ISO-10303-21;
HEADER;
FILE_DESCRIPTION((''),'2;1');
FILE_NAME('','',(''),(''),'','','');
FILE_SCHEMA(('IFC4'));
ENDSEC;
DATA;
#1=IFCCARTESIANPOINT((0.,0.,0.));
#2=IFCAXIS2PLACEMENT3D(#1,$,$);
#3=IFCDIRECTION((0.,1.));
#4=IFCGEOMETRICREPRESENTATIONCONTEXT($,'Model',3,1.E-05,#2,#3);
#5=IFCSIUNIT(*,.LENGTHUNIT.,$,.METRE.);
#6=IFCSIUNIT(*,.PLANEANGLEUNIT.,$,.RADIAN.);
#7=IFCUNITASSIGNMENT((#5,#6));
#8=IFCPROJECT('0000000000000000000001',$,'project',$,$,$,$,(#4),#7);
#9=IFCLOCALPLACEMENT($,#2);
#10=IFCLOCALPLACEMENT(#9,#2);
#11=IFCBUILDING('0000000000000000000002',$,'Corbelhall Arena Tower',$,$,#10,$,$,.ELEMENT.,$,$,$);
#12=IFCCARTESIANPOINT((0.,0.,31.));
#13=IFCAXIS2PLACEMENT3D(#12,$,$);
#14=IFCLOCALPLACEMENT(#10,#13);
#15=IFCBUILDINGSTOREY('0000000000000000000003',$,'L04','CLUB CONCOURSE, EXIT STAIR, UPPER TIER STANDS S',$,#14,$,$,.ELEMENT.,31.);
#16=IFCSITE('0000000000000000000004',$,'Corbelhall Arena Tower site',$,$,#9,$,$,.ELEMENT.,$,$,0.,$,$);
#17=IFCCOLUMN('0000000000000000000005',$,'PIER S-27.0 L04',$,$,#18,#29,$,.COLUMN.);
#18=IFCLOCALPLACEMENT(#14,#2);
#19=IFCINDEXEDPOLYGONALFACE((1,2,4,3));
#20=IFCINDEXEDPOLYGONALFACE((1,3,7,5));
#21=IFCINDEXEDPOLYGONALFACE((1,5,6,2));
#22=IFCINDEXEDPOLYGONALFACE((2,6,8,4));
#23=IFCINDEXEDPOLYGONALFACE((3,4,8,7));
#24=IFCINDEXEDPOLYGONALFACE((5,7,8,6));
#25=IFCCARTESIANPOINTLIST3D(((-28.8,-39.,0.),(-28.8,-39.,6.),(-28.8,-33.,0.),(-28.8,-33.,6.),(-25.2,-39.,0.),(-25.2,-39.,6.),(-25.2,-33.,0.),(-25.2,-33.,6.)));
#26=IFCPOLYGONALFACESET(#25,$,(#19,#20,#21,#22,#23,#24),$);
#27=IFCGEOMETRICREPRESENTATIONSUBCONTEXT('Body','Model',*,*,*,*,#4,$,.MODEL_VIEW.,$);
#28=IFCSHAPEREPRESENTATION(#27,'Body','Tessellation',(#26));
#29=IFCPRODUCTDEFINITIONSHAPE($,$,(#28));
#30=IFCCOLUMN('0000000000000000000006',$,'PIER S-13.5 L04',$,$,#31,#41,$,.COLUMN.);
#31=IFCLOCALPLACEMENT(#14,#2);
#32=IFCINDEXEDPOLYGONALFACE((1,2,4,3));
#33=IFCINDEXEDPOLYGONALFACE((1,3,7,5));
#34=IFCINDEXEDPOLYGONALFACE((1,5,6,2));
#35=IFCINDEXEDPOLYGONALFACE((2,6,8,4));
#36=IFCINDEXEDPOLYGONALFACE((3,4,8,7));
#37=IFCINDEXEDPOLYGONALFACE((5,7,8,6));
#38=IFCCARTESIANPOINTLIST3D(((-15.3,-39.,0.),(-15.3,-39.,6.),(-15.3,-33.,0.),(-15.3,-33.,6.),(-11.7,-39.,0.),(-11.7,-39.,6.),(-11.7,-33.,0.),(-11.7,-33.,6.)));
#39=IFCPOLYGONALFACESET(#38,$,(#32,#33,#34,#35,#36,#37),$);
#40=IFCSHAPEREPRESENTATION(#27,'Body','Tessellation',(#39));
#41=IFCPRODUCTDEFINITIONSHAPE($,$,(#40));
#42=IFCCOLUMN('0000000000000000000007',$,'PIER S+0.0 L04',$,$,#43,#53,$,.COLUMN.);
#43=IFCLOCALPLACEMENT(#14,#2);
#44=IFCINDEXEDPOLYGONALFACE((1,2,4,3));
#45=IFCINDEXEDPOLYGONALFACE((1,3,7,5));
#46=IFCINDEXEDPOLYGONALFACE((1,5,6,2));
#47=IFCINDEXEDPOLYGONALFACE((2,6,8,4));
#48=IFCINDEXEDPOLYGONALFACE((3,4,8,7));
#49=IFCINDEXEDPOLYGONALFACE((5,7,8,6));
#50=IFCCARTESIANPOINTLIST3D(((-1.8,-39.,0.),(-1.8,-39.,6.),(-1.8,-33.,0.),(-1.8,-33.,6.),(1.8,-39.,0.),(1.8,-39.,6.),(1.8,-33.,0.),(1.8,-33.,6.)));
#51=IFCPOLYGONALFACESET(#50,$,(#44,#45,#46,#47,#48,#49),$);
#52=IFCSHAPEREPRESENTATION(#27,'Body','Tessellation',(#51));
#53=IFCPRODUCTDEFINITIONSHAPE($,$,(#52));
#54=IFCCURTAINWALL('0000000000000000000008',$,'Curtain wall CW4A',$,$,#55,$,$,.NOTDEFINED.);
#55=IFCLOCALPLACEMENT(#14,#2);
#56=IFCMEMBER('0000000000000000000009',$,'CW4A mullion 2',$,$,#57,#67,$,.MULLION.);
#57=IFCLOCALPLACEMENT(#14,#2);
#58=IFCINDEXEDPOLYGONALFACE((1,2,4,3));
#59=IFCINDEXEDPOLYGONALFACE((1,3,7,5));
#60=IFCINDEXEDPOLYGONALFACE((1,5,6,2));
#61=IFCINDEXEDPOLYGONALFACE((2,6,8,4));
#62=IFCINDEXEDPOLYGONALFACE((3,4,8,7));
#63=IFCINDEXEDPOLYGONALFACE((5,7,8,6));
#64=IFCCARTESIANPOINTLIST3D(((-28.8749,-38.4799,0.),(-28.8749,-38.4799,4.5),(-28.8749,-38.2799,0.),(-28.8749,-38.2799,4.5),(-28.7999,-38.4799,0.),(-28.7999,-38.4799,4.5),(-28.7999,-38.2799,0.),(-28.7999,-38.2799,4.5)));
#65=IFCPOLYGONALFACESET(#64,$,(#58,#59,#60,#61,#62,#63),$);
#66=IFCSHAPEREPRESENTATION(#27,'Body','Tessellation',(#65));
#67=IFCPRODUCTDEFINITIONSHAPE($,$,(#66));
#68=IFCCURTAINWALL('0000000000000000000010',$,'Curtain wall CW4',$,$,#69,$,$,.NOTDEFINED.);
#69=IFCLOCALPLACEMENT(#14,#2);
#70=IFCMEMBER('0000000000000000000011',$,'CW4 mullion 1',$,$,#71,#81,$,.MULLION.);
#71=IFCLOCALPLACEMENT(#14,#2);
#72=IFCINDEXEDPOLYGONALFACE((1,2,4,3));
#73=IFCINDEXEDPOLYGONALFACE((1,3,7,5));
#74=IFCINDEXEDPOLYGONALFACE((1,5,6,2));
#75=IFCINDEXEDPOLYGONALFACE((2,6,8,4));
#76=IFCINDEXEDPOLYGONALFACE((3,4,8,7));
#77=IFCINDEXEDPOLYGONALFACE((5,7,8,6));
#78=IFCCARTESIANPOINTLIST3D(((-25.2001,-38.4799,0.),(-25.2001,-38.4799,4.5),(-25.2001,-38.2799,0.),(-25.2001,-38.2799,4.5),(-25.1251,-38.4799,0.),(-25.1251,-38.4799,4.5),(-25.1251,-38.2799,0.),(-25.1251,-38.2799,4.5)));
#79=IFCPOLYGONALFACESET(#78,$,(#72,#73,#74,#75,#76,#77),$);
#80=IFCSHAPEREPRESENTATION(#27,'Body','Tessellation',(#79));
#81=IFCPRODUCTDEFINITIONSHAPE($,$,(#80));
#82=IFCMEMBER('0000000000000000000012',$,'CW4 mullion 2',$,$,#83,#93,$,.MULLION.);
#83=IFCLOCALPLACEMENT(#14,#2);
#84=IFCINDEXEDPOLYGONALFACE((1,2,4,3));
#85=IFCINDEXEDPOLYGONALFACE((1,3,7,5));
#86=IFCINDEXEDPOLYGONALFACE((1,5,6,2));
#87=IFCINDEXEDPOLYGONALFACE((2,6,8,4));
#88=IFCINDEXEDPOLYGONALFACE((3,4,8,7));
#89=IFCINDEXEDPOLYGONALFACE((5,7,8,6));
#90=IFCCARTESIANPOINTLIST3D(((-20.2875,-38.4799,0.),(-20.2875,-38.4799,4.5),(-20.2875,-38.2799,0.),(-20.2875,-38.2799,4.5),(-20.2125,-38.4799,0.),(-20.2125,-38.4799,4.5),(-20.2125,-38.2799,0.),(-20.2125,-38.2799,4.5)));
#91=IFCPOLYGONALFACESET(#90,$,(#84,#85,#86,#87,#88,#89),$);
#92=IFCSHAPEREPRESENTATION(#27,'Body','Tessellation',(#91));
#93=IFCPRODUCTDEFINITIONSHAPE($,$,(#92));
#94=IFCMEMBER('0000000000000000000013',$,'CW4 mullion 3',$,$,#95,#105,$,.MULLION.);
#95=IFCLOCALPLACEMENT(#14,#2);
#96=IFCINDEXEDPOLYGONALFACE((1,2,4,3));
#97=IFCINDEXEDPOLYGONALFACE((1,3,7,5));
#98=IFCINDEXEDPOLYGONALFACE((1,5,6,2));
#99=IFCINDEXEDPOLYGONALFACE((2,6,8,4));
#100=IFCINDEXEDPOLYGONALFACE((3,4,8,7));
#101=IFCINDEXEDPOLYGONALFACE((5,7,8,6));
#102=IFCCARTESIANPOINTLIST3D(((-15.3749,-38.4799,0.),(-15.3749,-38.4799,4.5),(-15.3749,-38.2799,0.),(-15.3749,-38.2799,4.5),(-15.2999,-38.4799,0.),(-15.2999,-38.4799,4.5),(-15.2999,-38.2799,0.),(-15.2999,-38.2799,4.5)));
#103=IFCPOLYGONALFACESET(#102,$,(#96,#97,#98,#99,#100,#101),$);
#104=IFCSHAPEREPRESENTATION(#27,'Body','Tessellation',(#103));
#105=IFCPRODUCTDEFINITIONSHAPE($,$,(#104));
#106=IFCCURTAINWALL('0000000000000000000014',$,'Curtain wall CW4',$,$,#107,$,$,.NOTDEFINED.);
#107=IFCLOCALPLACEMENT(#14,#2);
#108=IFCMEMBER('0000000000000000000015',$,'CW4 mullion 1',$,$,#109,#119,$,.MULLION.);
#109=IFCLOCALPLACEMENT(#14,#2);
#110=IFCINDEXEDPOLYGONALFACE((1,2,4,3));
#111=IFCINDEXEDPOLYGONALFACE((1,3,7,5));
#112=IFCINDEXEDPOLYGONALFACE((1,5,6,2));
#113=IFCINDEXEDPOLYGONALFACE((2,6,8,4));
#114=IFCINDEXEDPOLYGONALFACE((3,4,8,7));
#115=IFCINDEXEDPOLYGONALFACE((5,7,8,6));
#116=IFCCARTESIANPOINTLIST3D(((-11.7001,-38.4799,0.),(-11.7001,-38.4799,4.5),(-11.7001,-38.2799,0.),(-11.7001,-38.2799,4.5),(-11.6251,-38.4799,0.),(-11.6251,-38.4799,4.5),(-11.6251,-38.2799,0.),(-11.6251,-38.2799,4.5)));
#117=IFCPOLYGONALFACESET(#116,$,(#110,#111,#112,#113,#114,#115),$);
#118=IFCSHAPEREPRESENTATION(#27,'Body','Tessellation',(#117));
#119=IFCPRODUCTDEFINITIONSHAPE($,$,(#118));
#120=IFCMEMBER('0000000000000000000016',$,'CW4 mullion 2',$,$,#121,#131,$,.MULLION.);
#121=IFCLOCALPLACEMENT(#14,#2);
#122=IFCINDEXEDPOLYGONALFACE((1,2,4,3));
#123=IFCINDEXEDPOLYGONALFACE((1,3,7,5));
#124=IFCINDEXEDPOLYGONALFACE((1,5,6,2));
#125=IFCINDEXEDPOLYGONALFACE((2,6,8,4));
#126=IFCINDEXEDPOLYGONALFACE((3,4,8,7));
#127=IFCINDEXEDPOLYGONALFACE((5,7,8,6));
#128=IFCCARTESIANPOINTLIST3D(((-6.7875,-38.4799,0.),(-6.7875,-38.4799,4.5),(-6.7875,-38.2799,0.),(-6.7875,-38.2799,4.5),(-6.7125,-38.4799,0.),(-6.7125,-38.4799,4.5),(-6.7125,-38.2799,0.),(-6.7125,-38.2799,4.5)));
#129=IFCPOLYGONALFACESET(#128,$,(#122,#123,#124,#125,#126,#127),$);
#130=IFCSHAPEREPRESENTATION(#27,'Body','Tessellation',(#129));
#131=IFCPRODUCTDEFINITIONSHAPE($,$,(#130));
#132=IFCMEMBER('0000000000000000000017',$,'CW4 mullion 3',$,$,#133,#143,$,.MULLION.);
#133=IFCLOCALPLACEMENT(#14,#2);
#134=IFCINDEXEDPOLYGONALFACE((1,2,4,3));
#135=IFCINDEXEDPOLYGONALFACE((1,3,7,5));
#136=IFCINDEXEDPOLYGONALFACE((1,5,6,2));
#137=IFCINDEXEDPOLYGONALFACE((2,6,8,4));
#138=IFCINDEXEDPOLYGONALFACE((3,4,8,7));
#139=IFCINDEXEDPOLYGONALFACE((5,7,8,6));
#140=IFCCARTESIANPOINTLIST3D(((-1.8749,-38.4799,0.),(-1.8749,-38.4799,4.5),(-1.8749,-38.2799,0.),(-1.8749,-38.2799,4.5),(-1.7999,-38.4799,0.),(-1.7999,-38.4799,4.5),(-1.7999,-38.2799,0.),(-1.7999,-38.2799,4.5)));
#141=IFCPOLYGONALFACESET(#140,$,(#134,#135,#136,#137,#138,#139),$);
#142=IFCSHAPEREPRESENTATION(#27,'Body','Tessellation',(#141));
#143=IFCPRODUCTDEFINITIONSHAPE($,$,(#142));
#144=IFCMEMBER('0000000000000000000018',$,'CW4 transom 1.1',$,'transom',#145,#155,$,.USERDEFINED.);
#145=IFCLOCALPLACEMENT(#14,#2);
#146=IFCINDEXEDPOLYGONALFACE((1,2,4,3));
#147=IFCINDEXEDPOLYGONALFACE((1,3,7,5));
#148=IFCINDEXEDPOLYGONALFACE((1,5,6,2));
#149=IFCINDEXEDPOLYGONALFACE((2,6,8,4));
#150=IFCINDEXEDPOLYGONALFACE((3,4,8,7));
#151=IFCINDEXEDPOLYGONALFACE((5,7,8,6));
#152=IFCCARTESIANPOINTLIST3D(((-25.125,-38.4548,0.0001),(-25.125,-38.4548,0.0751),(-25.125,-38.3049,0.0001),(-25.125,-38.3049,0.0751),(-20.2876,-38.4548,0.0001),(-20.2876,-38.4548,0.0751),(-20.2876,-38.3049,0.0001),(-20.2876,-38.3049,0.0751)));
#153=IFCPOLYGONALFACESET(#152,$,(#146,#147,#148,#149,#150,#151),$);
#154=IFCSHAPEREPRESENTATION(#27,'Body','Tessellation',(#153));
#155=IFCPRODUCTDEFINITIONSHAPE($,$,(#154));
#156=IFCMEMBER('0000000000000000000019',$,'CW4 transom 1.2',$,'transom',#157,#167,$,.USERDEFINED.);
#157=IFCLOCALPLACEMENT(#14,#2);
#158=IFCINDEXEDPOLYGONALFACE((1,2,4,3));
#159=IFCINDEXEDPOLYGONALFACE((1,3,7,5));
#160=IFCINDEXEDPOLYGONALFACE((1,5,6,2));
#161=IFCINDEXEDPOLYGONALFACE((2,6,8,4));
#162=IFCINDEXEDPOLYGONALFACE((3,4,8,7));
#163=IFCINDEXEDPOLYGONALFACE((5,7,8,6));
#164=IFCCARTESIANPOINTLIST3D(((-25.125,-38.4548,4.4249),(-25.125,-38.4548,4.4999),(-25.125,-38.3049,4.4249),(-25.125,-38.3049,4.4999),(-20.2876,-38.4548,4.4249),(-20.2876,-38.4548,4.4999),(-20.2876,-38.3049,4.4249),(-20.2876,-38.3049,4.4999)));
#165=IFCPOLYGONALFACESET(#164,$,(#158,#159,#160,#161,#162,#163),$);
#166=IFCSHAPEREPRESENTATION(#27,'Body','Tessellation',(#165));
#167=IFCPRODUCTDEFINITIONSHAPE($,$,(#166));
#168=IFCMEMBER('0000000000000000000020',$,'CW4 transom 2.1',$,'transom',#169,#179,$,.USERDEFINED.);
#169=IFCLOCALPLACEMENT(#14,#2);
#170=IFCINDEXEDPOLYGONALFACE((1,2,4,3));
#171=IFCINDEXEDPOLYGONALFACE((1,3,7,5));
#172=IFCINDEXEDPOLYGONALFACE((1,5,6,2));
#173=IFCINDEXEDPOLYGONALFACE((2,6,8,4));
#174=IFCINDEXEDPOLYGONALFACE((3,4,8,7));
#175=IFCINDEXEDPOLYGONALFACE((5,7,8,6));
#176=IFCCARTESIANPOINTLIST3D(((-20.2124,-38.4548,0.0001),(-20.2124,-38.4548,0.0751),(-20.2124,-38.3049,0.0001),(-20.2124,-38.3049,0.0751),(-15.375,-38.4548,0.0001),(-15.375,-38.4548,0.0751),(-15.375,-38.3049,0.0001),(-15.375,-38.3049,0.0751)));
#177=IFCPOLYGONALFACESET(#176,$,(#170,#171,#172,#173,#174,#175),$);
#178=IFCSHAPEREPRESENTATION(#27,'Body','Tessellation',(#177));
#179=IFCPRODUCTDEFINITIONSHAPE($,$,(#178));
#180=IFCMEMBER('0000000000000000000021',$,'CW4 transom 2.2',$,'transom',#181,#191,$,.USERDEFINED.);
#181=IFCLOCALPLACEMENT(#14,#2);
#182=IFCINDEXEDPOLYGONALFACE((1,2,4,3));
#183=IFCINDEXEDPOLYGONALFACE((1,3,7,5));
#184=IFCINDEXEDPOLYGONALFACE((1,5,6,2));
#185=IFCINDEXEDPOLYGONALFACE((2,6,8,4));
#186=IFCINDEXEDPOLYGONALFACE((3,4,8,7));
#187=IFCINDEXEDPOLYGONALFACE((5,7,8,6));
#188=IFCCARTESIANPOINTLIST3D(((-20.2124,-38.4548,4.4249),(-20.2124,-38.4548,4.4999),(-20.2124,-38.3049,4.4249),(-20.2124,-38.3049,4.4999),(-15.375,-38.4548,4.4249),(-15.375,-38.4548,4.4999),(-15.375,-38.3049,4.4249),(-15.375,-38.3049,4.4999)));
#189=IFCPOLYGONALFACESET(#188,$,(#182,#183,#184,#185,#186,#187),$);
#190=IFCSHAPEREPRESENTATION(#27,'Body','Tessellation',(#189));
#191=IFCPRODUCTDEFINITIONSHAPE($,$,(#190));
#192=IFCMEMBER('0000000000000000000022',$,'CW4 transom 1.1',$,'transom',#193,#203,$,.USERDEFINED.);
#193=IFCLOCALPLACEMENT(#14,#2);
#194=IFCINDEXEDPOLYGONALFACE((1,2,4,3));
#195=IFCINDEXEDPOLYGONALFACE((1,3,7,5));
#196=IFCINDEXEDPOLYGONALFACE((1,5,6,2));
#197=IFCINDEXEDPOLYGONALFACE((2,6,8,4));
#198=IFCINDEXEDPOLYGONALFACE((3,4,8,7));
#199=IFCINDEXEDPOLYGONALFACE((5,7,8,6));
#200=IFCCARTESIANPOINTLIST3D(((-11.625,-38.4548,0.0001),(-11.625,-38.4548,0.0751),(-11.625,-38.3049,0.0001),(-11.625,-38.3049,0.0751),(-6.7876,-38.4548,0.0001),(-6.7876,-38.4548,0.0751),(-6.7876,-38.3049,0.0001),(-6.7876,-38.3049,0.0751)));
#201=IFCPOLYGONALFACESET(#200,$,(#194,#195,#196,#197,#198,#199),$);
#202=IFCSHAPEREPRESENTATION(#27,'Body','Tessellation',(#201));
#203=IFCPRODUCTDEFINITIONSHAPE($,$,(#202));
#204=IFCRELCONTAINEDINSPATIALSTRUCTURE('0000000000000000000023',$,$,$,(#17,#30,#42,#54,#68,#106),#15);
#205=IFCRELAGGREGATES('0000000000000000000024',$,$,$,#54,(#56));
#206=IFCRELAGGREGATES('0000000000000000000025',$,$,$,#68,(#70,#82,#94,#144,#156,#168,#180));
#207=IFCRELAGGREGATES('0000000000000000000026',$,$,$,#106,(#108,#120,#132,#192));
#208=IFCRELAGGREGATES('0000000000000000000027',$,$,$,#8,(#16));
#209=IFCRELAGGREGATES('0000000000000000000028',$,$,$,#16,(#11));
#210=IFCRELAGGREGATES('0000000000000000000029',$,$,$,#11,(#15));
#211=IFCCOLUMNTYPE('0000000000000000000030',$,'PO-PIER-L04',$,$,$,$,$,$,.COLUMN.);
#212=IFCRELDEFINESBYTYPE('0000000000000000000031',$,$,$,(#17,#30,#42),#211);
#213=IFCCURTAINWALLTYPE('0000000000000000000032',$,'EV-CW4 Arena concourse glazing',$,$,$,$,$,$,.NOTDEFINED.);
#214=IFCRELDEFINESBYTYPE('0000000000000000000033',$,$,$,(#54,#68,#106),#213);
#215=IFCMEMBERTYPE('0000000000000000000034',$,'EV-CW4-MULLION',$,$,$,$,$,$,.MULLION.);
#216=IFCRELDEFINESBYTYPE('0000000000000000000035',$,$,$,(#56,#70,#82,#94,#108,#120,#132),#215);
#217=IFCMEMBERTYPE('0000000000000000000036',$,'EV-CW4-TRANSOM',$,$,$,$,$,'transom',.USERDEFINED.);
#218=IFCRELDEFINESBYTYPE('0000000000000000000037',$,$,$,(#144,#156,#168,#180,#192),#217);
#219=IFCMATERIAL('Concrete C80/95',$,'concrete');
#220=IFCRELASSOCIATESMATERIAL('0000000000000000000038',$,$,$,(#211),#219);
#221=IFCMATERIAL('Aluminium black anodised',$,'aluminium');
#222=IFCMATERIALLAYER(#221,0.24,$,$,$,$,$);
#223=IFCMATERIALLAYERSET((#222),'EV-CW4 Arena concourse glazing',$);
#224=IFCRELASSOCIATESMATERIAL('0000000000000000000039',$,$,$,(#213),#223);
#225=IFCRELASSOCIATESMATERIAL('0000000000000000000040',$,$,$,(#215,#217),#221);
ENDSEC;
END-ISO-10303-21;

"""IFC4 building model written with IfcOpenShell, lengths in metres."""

from ifc_helpers import new_model, si_unit, direction, frame, origin, origin_2d, place, context, subcontext, project, spatial, rectangle, extrude, material, layer, layer_set, material_profile, profile_set, type_object, element, aggregate, save


model = new_model("IFC4")

# Units and contexts
model_context = context("Model", 3, precision=1e-05, world=origin(), true_north=direction((0.0, 1.0)))
body_context = subcontext(model_context, "Body", "Model", "MODEL_VIEW")
ifc_project = project(units=[si_unit("LENGTHUNIT", "METRE"), si_unit("PLANEANGLEUNIT", "RADIAN")], contexts=[model_context])

# Site, building, storey
site_placement = place(None, origin())
site = spatial("IfcSite", under=ifc_project, at=site_placement, Name="Corbelhall Arena Tower site", CompositionType="ELEMENT", RefElevation=0.0)
building_placement = place(site_placement, origin())
building = spatial("IfcBuilding", under=site, at=building_placement, Name="Corbelhall Arena Tower", CompositionType="ELEMENT")
storey_placement = place(building_placement, frame((0.0, 0.0, 31.0)))
storey = spatial("IfcBuildingStorey", under=building, at=storey_placement, Name="L04", Description="CLUB CONCOURSE, EXIT STAIR, UPPER TIER STANDS S", CompositionType="ELEMENT", Elevation=31.0)

# Columns
ifc_material_1 = material(Name="Concrete C80/95", Category="concrete")
ifc_material_profile_1 = material_profile(ifc_material_1, rectangle(XDim=3.6001, YDim=6.0, at=origin_2d()))
ifc_profile_set_1 = profile_set([ifc_material_profile_1], Name="Concrete C80/95")
column_type = type_object("IfcColumnType", Name="PO-PIER-L04", PredefinedType="COLUMN", material=ifc_profile_set_1)
for number, where, z_axis, x_axis, name in (
    (1, (-27.0, -36.0, 0.0), (0.0, 0.0, 1.0), (1.0, 0.0, 0.0), "PIER S-27.0 L04"),
    (2, (-13.5, -36.0, 0.0), (0.0, 0.0, 1.0), (1.0, 0.0, 0.0), "PIER S-13.5 L04"),
    (3, (0.0, -36.0, 0.0), (0.0, 0.0, 1.0), (1.0, 0.0, 0.0), "PIER S+0.0 L04"),
):
    element("IfcColumn", number, at=place(storey_placement, frame(where, z_axis=z_axis, x_axis=x_axis)), inside=storey, type_object=column_type, Name=name, PredefinedType="COLUMN", context=body_context, shape_type="SweptSolid", body=[
        extrude(rectangle(XDim=3.6001, YDim=6.0, at=origin_2d()), origin(), (0.0, 0.0, 1.0), 6.0),
    ])

# Curtain wall, member
ifc_material_2 = material(Name="Aluminium black anodised", Category="aluminium")
ifc_layer_1 = layer(ifc_material_2, 0.24)
ifc_layer_set_1 = layer_set([ifc_layer_1], Name="EV-CW4 Arena concourse glazing")
curtain_wall_type = type_object("IfcCurtainWallType", Name="EV-CW4 Arena concourse glazing", PredefinedType="NOTDEFINED", material=ifc_layer_set_1)
curtain_wall_1_placement = place(storey_placement, origin())
curtain_wall_1 = element("IfcCurtainWall", 4, at=curtain_wall_1_placement, inside=storey, type_object=curtain_wall_type, Name="Curtain wall CW4A", PredefinedType="NOTDEFINED")
ifc_material_profile_2 = material_profile(ifc_material_2, rectangle(XDim=0.2, YDim=0.075, at=origin_2d()))
ifc_profile_set_2 = profile_set([ifc_material_profile_2], Name="Aluminium black anodised")
member_type_1 = type_object("IfcMemberType", Name="EV-CW4-MULLION", PredefinedType="MULLION", material=ifc_profile_set_2)
member_1_placement = place(storey_placement, frame((-28.8374, -38.3799, 0.0), z_axis=(0.0, 0.0, 1.0), x_axis=(0.0, 1.0, 0.0)))
member_1 = element("IfcMember", 5, at=member_1_placement, type_object=member_type_1, Name="CW4A mullion 2", PredefinedType="MULLION", context=body_context, shape_type="SweptSolid", body=[
    extrude(rectangle(XDim=0.2, YDim=0.075, at=origin_2d()), origin(), (0.0, 0.0, 1.0), 4.5),
])
aggregate(curtain_wall_1, [member_1])

# Curtain walls, members
curtain_wall_2_placement = place(storey_placement, origin())
curtain_wall_2 = element("IfcCurtainWall", 6, at=curtain_wall_2_placement, inside=storey, type_object=curtain_wall_type, Name="Curtain wall CW4", PredefinedType="NOTDEFINED")
member_2_placement = place(storey_placement, frame((-25.1626, -38.3799, 0.0), z_axis=(0.0, 0.0, 1.0), x_axis=(0.0, 1.0, 0.0)))
member_2 = element("IfcMember", 7, at=member_2_placement, type_object=member_type_1, Name="CW4 mullion 1", PredefinedType="MULLION", context=body_context, shape_type="SweptSolid", body=[
    extrude(rectangle(XDim=0.2, YDim=0.075, at=origin_2d()), origin(), (0.0, 0.0, 1.0), 4.5),
])
member_3_placement = place(storey_placement, frame((-20.25, -38.3799, 0.0), z_axis=(0.0, 0.0, 1.0), x_axis=(0.0, 1.0, 0.0)))
member_3 = element("IfcMember", 8, at=member_3_placement, type_object=member_type_1, Name="CW4 mullion 2", PredefinedType="MULLION", context=body_context, shape_type="SweptSolid", body=[
    extrude(rectangle(XDim=0.2, YDim=0.075, at=origin_2d()), origin(), (0.0, 0.0, 1.0), 4.5),
])
member_4_placement = place(storey_placement, frame((-15.3374, -38.3799, 0.0), z_axis=(0.0, 0.0, 1.0), x_axis=(0.0, 1.0, 0.0)))
member_4 = element("IfcMember", 9, at=member_4_placement, type_object=member_type_1, Name="CW4 mullion 3", PredefinedType="MULLION", context=body_context, shape_type="SweptSolid", body=[
    extrude(rectangle(XDim=0.2, YDim=0.075, at=origin_2d()), origin(), (0.0, 0.0, 1.0), 4.5),
])
curtain_wall_3_placement = place(storey_placement, origin())
curtain_wall_3 = element("IfcCurtainWall", 10, at=curtain_wall_3_placement, inside=storey, type_object=curtain_wall_type, Name="Curtain wall CW4", PredefinedType="NOTDEFINED")
member_5_placement = place(storey_placement, frame((-11.6626, -38.3799, 0.0), z_axis=(0.0, 0.0, 1.0), x_axis=(0.0, 1.0, 0.0)))
member_5 = element("IfcMember", 11, at=member_5_placement, type_object=member_type_1, Name="CW4 mullion 1", PredefinedType="MULLION", context=body_context, shape_type="SweptSolid", body=[
    extrude(rectangle(XDim=0.2, YDim=0.075, at=origin_2d()), origin(), (0.0, 0.0, 1.0), 4.5),
])
member_6_placement = place(storey_placement, frame((-6.75, -38.3799, 0.0), z_axis=(0.0, 0.0, 1.0), x_axis=(0.0, 1.0, 0.0)))
member_6 = element("IfcMember", 12, at=member_6_placement, type_object=member_type_1, Name="CW4 mullion 2", PredefinedType="MULLION", context=body_context, shape_type="SweptSolid", body=[
    extrude(rectangle(XDim=0.2, YDim=0.075, at=origin_2d()), origin(), (0.0, 0.0, 1.0), 4.5),
])
member_7_placement = place(storey_placement, frame((-1.8374, -38.3799, 0.0), z_axis=(0.0, 0.0, 1.0), x_axis=(0.0, 1.0, 0.0)))
member_7 = element("IfcMember", 13, at=member_7_placement, type_object=member_type_1, Name="CW4 mullion 3", PredefinedType="MULLION", context=body_context, shape_type="SweptSolid", body=[
    extrude(rectangle(XDim=0.2, YDim=0.075, at=origin_2d()), origin(), (0.0, 0.0, 1.0), 4.5),
])

# Members
ifc_material_profile_3 = material_profile(ifc_material_2, rectangle(XDim=0.1499, YDim=0.075, at=origin_2d()))
ifc_profile_set_3 = profile_set([ifc_material_profile_3], Name="Aluminium black anodised")
member_type_2 = type_object("IfcMemberType", Name="EV-CW4-TRANSOM", ElementType="transom", PredefinedType="USERDEFINED", material=ifc_profile_set_3)
member_8_placement = place(storey_placement, frame((-25.125, -38.3799, 0.0376), z_axis=(1.0, 0.0, 0.0), x_axis=(0.0, 1.0, 0.0)))
member_8 = element("IfcMember", 14, at=member_8_placement, type_object=member_type_2, Name="CW4 transom 1.1", ObjectType="transom", PredefinedType="USERDEFINED", context=body_context, shape_type="SweptSolid", body=[
    extrude(rectangle(XDim=0.1499, YDim=0.075, at=origin_2d()), origin(), (0.0, 0.0, 1.0), 4.8374),
])
member_9_placement = place(storey_placement, frame((-25.125, -38.3799, 4.4624), z_axis=(1.0, 0.0, 0.0), x_axis=(0.0, 1.0, 0.0)))
member_9 = element("IfcMember", 15, at=member_9_placement, type_object=member_type_2, Name="CW4 transom 1.2", ObjectType="transom", PredefinedType="USERDEFINED", context=body_context, shape_type="SweptSolid", body=[
    extrude(rectangle(XDim=0.1499, YDim=0.075, at=origin_2d()), origin(), (0.0, 0.0, 1.0), 4.8374),
])
member_10_placement = place(storey_placement, frame((-20.2124, -38.3799, 0.0376), z_axis=(1.0, 0.0, 0.0), x_axis=(0.0, 1.0, 0.0)))
member_10 = element("IfcMember", 16, at=member_10_placement, type_object=member_type_2, Name="CW4 transom 2.1", ObjectType="transom", PredefinedType="USERDEFINED", context=body_context, shape_type="SweptSolid", body=[
    extrude(rectangle(XDim=0.1499, YDim=0.075, at=origin_2d()), origin(), (0.0, 0.0, 1.0), 4.8374),
])
member_11_placement = place(storey_placement, frame((-20.2124, -38.3799, 4.4624), z_axis=(1.0, 0.0, 0.0), x_axis=(0.0, 1.0, 0.0)))
member_11 = element("IfcMember", 17, at=member_11_placement, type_object=member_type_2, Name="CW4 transom 2.2", ObjectType="transom", PredefinedType="USERDEFINED", context=body_context, shape_type="SweptSolid", body=[
    extrude(rectangle(XDim=0.1499, YDim=0.075, at=origin_2d()), origin(), (0.0, 0.0, 1.0), 4.8374),
])
member_12_placement = place(storey_placement, frame((-11.625, -38.3799, 0.0376), z_axis=(1.0, 0.0, 0.0), x_axis=(0.0, 1.0, 0.0)))
member_12 = element("IfcMember", 18, at=member_12_placement, type_object=member_type_2, Name="CW4 transom 1.1", ObjectType="transom", PredefinedType="USERDEFINED", context=body_context, shape_type="SweptSolid", body=[
    extrude(rectangle(XDim=0.1499, YDim=0.075, at=origin_2d()), origin(), (0.0, 0.0, 1.0), 4.8374),
])

aggregate(curtain_wall_2, [member_2, member_3, member_4, member_8, member_9, member_10, member_11])
aggregate(curtain_wall_3, [member_5, member_6, member_7, member_12])

save(model, "model.ifc")
